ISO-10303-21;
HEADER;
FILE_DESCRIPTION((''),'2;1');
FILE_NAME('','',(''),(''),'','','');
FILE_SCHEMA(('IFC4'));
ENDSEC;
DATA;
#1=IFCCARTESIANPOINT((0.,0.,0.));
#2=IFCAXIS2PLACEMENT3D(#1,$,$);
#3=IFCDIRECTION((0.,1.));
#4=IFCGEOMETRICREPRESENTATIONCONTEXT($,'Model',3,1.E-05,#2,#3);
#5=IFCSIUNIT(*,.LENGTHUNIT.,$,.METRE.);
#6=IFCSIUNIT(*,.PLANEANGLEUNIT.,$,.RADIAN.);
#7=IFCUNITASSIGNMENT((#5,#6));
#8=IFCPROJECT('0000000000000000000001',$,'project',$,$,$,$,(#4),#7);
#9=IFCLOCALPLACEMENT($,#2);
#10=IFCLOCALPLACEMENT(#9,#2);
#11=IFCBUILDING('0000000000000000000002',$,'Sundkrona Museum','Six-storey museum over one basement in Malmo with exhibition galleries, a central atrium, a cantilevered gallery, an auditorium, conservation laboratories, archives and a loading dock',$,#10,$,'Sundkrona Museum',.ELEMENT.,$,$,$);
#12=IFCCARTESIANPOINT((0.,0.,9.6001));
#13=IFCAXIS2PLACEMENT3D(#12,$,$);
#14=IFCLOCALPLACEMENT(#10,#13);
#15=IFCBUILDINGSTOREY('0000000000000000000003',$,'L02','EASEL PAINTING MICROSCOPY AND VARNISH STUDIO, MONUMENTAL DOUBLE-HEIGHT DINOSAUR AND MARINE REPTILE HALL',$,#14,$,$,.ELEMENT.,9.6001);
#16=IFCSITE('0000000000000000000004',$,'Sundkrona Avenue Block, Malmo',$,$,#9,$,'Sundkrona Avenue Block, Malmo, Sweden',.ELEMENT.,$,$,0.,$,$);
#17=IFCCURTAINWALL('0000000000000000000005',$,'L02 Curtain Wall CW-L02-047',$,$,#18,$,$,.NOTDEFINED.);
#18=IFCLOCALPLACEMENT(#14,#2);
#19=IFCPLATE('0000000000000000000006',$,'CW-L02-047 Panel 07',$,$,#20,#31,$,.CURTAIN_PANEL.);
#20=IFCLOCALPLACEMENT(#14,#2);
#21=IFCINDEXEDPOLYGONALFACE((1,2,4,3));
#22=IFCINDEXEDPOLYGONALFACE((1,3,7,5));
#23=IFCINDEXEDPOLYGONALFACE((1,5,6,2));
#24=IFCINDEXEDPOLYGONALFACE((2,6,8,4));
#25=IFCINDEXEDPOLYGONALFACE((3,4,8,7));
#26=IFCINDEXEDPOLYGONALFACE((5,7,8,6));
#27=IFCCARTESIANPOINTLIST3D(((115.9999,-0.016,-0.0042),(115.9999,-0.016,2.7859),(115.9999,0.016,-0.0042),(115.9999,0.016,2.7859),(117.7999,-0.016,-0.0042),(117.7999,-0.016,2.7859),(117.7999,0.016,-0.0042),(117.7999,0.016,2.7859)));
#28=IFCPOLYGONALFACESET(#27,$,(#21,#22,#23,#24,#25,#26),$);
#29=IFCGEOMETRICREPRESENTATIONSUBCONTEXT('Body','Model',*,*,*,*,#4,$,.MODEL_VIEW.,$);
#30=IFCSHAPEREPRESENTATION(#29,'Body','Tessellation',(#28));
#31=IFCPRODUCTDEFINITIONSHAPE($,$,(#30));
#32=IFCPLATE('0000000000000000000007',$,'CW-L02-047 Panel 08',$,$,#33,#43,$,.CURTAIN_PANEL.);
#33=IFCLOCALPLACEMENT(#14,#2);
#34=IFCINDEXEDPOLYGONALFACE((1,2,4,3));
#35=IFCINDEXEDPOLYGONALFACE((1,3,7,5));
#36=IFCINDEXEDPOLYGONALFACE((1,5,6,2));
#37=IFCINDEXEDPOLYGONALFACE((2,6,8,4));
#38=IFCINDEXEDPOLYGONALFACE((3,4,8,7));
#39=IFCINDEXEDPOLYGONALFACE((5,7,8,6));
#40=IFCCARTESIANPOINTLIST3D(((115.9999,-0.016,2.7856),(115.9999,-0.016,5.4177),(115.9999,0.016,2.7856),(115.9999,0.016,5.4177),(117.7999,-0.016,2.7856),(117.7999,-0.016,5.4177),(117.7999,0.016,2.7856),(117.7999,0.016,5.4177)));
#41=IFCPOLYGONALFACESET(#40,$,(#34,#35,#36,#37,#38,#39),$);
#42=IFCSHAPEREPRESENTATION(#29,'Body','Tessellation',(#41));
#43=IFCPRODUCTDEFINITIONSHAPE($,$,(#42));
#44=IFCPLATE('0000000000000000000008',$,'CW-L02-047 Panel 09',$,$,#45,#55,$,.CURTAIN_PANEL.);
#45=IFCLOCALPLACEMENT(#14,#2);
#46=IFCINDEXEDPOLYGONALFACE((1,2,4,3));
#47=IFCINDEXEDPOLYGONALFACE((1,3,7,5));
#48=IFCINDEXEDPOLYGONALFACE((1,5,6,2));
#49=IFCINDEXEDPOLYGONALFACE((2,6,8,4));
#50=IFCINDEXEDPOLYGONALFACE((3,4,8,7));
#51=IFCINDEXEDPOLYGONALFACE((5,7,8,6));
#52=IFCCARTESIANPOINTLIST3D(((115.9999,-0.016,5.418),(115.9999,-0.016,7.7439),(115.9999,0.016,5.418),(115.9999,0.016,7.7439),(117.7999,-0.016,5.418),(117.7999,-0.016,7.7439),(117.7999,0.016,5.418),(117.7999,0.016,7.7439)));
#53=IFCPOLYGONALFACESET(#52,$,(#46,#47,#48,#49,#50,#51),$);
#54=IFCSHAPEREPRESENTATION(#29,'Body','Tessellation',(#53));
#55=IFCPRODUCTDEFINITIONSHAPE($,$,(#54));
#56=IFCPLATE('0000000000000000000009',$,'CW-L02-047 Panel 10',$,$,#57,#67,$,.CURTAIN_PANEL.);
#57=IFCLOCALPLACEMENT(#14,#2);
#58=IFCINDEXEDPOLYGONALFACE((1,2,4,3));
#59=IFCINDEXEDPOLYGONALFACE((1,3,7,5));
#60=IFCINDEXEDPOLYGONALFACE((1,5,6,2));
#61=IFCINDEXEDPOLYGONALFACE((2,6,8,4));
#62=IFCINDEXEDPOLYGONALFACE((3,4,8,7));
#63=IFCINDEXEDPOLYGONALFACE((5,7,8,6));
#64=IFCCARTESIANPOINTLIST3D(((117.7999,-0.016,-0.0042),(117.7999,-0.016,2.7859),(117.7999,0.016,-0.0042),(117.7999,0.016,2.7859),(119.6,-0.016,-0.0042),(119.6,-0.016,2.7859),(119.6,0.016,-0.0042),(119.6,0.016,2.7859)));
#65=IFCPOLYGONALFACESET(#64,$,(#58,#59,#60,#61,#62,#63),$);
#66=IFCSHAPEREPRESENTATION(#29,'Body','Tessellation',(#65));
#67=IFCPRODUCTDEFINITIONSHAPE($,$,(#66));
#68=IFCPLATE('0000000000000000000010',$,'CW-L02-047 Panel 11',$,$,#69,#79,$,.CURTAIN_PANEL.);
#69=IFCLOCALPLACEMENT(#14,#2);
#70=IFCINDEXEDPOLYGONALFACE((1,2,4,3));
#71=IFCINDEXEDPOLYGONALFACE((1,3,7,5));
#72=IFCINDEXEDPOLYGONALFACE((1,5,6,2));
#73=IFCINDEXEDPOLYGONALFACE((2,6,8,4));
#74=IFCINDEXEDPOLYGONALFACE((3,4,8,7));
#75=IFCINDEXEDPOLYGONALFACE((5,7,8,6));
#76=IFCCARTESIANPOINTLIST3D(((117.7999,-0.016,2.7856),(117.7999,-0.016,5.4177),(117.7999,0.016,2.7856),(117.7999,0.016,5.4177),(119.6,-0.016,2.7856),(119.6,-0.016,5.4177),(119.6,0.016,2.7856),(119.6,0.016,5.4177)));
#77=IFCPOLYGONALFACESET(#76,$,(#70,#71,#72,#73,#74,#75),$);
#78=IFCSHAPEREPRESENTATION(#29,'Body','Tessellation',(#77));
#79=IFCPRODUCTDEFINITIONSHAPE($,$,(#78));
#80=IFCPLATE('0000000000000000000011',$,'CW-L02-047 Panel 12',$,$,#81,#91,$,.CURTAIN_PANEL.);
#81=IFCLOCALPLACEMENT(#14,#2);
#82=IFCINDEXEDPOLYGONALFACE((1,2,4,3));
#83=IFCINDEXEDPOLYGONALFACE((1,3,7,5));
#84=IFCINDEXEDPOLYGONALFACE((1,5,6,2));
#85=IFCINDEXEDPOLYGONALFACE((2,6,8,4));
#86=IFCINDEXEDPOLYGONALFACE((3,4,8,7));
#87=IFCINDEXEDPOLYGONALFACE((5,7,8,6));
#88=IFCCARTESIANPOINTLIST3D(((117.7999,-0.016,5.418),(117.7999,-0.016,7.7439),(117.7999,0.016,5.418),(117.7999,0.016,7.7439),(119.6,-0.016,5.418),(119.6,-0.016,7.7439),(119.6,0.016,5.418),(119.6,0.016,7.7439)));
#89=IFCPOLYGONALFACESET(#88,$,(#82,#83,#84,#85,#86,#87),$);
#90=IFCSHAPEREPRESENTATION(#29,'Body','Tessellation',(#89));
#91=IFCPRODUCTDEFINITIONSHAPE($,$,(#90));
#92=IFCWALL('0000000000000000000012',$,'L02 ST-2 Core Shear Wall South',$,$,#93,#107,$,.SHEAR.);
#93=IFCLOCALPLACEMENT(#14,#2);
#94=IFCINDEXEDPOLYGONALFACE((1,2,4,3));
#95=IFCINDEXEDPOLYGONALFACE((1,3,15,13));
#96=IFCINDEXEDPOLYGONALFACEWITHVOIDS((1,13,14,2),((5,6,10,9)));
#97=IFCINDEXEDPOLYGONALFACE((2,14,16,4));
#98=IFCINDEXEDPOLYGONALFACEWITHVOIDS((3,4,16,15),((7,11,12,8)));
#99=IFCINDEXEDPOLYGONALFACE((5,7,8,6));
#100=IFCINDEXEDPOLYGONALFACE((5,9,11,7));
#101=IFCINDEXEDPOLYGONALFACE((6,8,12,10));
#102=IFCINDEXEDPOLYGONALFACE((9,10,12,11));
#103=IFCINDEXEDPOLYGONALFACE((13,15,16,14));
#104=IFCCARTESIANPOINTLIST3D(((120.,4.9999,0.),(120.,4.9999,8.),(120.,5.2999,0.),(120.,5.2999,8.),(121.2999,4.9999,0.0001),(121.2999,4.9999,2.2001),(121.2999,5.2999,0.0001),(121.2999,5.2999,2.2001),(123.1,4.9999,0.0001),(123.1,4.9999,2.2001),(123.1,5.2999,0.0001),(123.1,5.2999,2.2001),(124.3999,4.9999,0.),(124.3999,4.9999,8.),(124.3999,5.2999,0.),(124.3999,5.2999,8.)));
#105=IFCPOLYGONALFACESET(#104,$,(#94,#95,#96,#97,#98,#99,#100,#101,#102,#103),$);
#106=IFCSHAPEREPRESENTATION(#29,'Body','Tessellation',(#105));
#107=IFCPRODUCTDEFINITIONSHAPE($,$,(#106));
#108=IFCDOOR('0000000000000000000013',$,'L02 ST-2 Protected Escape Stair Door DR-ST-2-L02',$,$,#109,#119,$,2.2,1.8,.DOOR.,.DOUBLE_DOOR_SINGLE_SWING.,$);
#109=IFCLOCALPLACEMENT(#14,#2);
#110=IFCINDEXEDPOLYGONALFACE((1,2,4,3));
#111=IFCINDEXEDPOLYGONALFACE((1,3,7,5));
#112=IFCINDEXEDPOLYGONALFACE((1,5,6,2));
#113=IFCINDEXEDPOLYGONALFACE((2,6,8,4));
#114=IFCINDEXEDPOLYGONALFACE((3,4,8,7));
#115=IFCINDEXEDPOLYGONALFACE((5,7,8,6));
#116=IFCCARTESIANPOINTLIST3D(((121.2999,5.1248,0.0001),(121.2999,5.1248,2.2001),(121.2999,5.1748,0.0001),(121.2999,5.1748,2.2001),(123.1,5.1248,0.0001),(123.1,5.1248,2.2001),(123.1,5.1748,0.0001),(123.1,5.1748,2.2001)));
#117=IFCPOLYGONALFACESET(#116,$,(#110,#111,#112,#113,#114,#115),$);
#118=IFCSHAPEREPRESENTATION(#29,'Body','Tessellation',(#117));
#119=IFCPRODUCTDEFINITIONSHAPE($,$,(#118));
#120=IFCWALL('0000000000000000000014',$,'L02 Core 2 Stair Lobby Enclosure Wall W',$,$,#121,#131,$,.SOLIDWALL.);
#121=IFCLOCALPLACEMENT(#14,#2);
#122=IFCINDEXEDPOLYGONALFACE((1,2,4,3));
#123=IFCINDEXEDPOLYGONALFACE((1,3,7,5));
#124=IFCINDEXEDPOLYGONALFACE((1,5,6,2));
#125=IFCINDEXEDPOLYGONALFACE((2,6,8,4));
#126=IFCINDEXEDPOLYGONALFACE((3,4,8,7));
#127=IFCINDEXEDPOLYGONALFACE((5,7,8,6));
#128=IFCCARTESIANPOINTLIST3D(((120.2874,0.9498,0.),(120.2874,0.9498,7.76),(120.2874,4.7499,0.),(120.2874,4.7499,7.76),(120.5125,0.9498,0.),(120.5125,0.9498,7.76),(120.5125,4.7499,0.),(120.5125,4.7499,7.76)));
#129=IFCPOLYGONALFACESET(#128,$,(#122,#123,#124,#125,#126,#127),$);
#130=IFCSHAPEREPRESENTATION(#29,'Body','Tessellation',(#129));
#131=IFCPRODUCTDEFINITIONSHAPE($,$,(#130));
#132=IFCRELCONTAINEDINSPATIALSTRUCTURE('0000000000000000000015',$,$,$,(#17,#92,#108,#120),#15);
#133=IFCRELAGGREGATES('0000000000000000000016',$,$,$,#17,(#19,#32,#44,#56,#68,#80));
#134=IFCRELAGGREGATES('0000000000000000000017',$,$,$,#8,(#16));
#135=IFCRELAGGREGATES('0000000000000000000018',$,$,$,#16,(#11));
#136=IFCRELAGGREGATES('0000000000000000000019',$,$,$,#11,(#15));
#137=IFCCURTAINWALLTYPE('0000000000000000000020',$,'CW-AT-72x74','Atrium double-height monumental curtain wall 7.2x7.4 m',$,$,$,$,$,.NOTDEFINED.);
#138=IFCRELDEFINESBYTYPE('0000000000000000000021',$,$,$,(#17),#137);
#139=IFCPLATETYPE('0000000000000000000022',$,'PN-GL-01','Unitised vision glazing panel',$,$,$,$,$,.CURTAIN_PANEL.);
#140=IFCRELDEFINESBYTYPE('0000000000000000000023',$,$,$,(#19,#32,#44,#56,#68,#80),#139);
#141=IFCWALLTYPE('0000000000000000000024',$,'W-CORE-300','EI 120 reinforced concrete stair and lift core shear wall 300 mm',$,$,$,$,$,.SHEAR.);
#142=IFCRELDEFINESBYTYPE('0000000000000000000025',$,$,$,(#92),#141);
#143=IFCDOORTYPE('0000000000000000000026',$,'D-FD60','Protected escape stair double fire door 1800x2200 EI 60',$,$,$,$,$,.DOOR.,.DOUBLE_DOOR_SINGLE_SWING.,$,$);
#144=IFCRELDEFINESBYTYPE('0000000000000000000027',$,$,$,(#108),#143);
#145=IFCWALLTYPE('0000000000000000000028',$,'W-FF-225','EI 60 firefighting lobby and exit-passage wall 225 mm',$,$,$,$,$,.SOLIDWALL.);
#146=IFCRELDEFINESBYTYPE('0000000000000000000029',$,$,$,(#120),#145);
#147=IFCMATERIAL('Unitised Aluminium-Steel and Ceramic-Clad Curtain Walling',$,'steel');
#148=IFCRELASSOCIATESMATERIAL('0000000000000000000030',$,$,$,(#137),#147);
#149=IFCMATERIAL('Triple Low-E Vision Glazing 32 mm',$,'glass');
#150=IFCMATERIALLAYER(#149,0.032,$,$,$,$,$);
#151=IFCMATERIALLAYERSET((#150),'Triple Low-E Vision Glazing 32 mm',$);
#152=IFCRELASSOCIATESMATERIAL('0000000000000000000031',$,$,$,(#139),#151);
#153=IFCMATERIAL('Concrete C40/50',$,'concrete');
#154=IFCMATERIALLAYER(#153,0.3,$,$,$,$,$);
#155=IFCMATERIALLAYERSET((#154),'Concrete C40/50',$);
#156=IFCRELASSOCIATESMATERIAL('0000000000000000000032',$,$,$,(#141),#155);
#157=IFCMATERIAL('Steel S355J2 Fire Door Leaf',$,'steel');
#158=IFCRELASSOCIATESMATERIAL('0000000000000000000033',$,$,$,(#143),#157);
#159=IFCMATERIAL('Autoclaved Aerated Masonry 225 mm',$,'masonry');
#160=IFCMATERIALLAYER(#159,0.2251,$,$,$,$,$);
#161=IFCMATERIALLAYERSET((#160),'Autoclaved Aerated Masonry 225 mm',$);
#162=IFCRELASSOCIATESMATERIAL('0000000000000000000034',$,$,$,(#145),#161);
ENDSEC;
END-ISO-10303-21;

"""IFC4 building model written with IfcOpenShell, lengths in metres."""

from ifc_helpers import new_model, si_unit, direction, frame, frame_2d, origin, origin_2d, place, context, subcontext, project, spatial, rectangle, extrude, material, layer, layer_set, type_object, element, fill, aggregate, save


model = new_model("IFC4")

# Units and contexts
model_context = context("Model", 3, precision=1e-05, world=origin(), true_north=direction((0.0, 1.0)))
body_context = subcontext(model_context, "Body", "Model", "MODEL_VIEW")
ifc_project = project(units=[si_unit("LENGTHUNIT", "METRE"), si_unit("PLANEANGLEUNIT", "RADIAN")], contexts=[model_context])

# Site, building, storey
site_placement = place(None, origin())
site = spatial("IfcSite", under=ifc_project, at=site_placement, Name="Sundkrona Avenue Block, Malmo", LongName="Sundkrona Avenue Block, Malmo, Sweden", CompositionType="ELEMENT", RefElevation=0.0)
building_placement = place(site_placement, origin())
building = spatial("IfcBuilding", under=site, at=building_placement, Name="Sundkrona Museum", Description="Six-storey museum over one basement in Malmo with exhibition galleries, a central atrium, a cantilevered gallery, an auditorium, conservation laboratories, archives and a loading dock", LongName="Sundkrona Museum", CompositionType="ELEMENT")
storey_placement = place(building_placement, frame((0.0, 0.0, 9.6001)))
storey = spatial("IfcBuildingStorey", under=building, at=storey_placement, Name="L02", Description="EASEL PAINTING MICROSCOPY AND VARNISH STUDIO, MONUMENTAL DOUBLE-HEIGHT DINOSAUR AND MARINE REPTILE HALL", CompositionType="ELEMENT", Elevation=9.6001)

# Curtain wall
ifc_material_1 = material(Name="Unitised Aluminium-Steel and Ceramic-Clad Curtain Walling", Category="steel")
curtain_wall_type = type_object("IfcCurtainWallType", Name="CW-AT-72x74", Description="Atrium double-height monumental curtain wall 7.2x7.4 m", PredefinedType="NOTDEFINED", material=ifc_material_1)
curtain_wall_placement = place(storey_placement, origin())
curtain_wall = element("IfcCurtainWall", 1, at=curtain_wall_placement, inside=storey, type_object=curtain_wall_type, Name="L02 Curtain Wall CW-L02-047", PredefinedType="NOTDEFINED")

# Plates
ifc_material_2 = material(Name="Triple Low-E Vision Glazing 32 mm", Category="glass")
ifc_layer_1 = layer(ifc_material_2, 0.032)
ifc_layer_set_1 = layer_set([ifc_layer_1], Name="Triple Low-E Vision Glazing 32 mm")
plate_type = type_object("IfcPlateType", Name="PN-GL-01", Description="Unitised vision glazing panel", PredefinedType="CURTAIN_PANEL", material=ifc_layer_set_1)
plate_1_placement = place(storey_placement, frame((116.8999, 0.0, -0.0042), z_axis=(0.0, 0.0, 1.0), x_axis=(1.0, 0.0, 0.0)))
plate_1 = element("IfcPlate", 2, at=plate_1_placement, type_object=plate_type, Name="CW-L02-047 Panel 07", PredefinedType="CURTAIN_PANEL", context=body_context, shape_type="SweptSolid", body=[
    extrude(rectangle(XDim=1.8, YDim=0.032, at=origin_2d()), origin(), (0.0, 0.0, 1.0), 2.79),
])
plate_2_placement = place(storey_placement, frame((116.8999, 0.0, 2.7856), z_axis=(0.0, 0.0, 1.0), x_axis=(1.0, 0.0, 0.0)))
plate_2 = element("IfcPlate", 3, at=plate_2_placement, type_object=plate_type, Name="CW-L02-047 Panel 08", PredefinedType="CURTAIN_PANEL", context=body_context, shape_type="SweptSolid", body=[
    extrude(rectangle(XDim=1.8, YDim=0.032, at=origin_2d()), origin(), (0.0, 0.0, 1.0), 2.6321),
])
plate_3_placement = place(storey_placement, frame((116.8999, 0.0, 5.418), z_axis=(0.0, 0.0, 1.0), x_axis=(1.0, 0.0, 0.0)))
plate_3 = element("IfcPlate", 4, at=plate_3_placement, type_object=plate_type, Name="CW-L02-047 Panel 09", PredefinedType="CURTAIN_PANEL", context=body_context, shape_type="SweptSolid", body=[
    extrude(rectangle(XDim=1.8, YDim=0.032, at=origin_2d()), origin(), (0.0, 0.0, 1.0), 2.3259),
])
plate_4_placement = place(storey_placement, frame((118.7, 0.0, -0.0042), z_axis=(0.0, 0.0, 1.0), x_axis=(1.0, 0.0, 0.0)))
plate_4 = element("IfcPlate", 5, at=plate_4_placement, type_object=plate_type, Name="CW-L02-047 Panel 10", PredefinedType="CURTAIN_PANEL", context=body_context, shape_type="SweptSolid", body=[
    extrude(rectangle(XDim=1.8, YDim=0.032, at=origin_2d()), origin(), (0.0, 0.0, 1.0), 2.79),
])
plate_5_placement = place(storey_placement, frame((118.7, 0.0, 2.7856), z_axis=(0.0, 0.0, 1.0), x_axis=(1.0, 0.0, 0.0)))
plate_5 = element("IfcPlate", 6, at=plate_5_placement, type_object=plate_type, Name="CW-L02-047 Panel 11", PredefinedType="CURTAIN_PANEL", context=body_context, shape_type="SweptSolid", body=[
    extrude(rectangle(XDim=1.8, YDim=0.032, at=origin_2d()), origin(), (0.0, 0.0, 1.0), 2.6321),
])
plate_6_placement = place(storey_placement, frame((118.7, 0.0, 5.418), z_axis=(0.0, 0.0, 1.0), x_axis=(1.0, 0.0, 0.0)))
plate_6 = element("IfcPlate", 7, at=plate_6_placement, type_object=plate_type, Name="CW-L02-047 Panel 12", PredefinedType="CURTAIN_PANEL", context=body_context, shape_type="SweptSolid", body=[
    extrude(rectangle(XDim=1.8, YDim=0.032, at=origin_2d()), origin(), (0.0, 0.0, 1.0), 2.3259),
])
aggregate(curtain_wall, [plate_1, plate_2, plate_3, plate_4, plate_5, plate_6])

# Wall, opening, door
ifc_material_3 = material(Name="Concrete C40/50", Category="concrete")
ifc_layer_2 = layer(ifc_material_3, 0.3)
ifc_layer_set_2 = layer_set([ifc_layer_2], Name="Concrete C40/50")
wall_type_1 = type_object("IfcWallType", Name="W-CORE-300", Description="EI 120 reinforced concrete stair and lift core shear wall 300 mm", PredefinedType="SHEAR", material=ifc_layer_set_2)
wall_1_placement = place(storey_placement, frame((120.0, 5.1499, 0.0), z_axis=(0.0, 0.0, 1.0), x_axis=(1.0, 0.0, 0.0)))
wall_1 = element("IfcWall", 8, at=wall_1_placement, inside=storey, type_object=wall_type_1, Name="L02 ST-2 Core Shear Wall South", PredefinedType="SHEAR", context=body_context, shape_type="SweptSolid", body=[
    extrude(rectangle(XDim=4.3999, YDim=0.3, at=frame_2d((2.2, 0.0))), origin(), (0.0, 0.0, 1.0), 8.0),
])
opening_placement = place(wall_1_placement, frame((1.3, 0.0, 0.0)))
opening = element("IfcOpeningElement", 9, at=opening_placement, cuts=wall_1, PredefinedType="OPENING", context=body_context, shape_type="SweptSolid", body=[
    extrude(rectangle(XDim=1.8, YDim=2.2, at=frame_2d((0.8999, 1.1001))), frame((0.0, 0.1599, 0.0), z_axis=(0.0, -1.0, 0.0), x_axis=(1.0, 0.0, 0.0)), (0.0, 0.0, 1.0), 0.3201),
])
ifc_material_4 = material(Name="Steel S355J2 Fire Door Leaf", Category="steel")
door_type = type_object("IfcDoorType", Name="D-FD60", Description="Protected escape stair double fire door 1800x2200 EI 60", OperationType="DOUBLE_DOOR_SINGLE_SWING", PredefinedType="DOOR", material=ifc_material_4)
door_placement = place(opening_placement, origin())
door = element("IfcDoor", 10, at=door_placement, inside=storey, type_object=door_type, Name="L02 ST-2 Protected Escape Stair Door DR-ST-2-L02", OperationType="DOUBLE_DOOR_SINGLE_SWING", OverallHeight=2.2, OverallWidth=1.8, PredefinedType="DOOR", context=body_context, shape_type="SweptSolid", body=[
    extrude(rectangle(XDim=1.8, YDim=2.2, at=frame_2d((0.8999, 1.1001))), frame((0.0, 0.0249, 0.0), z_axis=(0.0, -1.0, 0.0), x_axis=(1.0, 0.0, 0.0)), (0.0, 0.0, 1.0), 0.05),
])
fill(opening, door)

# Wall
ifc_material_5 = material(Name="Autoclaved Aerated Masonry 225 mm", Category="masonry")
ifc_layer_3 = layer(ifc_material_5, 0.2251)
ifc_layer_set_3 = layer_set([ifc_layer_3], Name="Autoclaved Aerated Masonry 225 mm")
wall_type_2 = type_object("IfcWallType", Name="W-FF-225", Description="EI 60 firefighting lobby and exit-passage wall 225 mm", PredefinedType="SOLIDWALL", material=ifc_layer_set_3)
wall_2_placement = place(storey_placement, frame((120.3999, 0.95, 0.0), z_axis=(0.0, 0.0, 1.0), x_axis=(0.0, 1.0, 0.0)))
element("IfcWall", 11, at=wall_2_placement, inside=storey, type_object=wall_type_2, Name="L02 Core 2 Stair Lobby Enclosure Wall W", PredefinedType="SOLIDWALL", context=body_context, shape_type="SweptSolid", body=[
    extrude(rectangle(XDim=3.8, YDim=0.2251, at=frame_2d((1.8999, 0.0))), origin(), (0.0, 0.0, 1.0), 7.76),
])

save(model, "model.ifc")
